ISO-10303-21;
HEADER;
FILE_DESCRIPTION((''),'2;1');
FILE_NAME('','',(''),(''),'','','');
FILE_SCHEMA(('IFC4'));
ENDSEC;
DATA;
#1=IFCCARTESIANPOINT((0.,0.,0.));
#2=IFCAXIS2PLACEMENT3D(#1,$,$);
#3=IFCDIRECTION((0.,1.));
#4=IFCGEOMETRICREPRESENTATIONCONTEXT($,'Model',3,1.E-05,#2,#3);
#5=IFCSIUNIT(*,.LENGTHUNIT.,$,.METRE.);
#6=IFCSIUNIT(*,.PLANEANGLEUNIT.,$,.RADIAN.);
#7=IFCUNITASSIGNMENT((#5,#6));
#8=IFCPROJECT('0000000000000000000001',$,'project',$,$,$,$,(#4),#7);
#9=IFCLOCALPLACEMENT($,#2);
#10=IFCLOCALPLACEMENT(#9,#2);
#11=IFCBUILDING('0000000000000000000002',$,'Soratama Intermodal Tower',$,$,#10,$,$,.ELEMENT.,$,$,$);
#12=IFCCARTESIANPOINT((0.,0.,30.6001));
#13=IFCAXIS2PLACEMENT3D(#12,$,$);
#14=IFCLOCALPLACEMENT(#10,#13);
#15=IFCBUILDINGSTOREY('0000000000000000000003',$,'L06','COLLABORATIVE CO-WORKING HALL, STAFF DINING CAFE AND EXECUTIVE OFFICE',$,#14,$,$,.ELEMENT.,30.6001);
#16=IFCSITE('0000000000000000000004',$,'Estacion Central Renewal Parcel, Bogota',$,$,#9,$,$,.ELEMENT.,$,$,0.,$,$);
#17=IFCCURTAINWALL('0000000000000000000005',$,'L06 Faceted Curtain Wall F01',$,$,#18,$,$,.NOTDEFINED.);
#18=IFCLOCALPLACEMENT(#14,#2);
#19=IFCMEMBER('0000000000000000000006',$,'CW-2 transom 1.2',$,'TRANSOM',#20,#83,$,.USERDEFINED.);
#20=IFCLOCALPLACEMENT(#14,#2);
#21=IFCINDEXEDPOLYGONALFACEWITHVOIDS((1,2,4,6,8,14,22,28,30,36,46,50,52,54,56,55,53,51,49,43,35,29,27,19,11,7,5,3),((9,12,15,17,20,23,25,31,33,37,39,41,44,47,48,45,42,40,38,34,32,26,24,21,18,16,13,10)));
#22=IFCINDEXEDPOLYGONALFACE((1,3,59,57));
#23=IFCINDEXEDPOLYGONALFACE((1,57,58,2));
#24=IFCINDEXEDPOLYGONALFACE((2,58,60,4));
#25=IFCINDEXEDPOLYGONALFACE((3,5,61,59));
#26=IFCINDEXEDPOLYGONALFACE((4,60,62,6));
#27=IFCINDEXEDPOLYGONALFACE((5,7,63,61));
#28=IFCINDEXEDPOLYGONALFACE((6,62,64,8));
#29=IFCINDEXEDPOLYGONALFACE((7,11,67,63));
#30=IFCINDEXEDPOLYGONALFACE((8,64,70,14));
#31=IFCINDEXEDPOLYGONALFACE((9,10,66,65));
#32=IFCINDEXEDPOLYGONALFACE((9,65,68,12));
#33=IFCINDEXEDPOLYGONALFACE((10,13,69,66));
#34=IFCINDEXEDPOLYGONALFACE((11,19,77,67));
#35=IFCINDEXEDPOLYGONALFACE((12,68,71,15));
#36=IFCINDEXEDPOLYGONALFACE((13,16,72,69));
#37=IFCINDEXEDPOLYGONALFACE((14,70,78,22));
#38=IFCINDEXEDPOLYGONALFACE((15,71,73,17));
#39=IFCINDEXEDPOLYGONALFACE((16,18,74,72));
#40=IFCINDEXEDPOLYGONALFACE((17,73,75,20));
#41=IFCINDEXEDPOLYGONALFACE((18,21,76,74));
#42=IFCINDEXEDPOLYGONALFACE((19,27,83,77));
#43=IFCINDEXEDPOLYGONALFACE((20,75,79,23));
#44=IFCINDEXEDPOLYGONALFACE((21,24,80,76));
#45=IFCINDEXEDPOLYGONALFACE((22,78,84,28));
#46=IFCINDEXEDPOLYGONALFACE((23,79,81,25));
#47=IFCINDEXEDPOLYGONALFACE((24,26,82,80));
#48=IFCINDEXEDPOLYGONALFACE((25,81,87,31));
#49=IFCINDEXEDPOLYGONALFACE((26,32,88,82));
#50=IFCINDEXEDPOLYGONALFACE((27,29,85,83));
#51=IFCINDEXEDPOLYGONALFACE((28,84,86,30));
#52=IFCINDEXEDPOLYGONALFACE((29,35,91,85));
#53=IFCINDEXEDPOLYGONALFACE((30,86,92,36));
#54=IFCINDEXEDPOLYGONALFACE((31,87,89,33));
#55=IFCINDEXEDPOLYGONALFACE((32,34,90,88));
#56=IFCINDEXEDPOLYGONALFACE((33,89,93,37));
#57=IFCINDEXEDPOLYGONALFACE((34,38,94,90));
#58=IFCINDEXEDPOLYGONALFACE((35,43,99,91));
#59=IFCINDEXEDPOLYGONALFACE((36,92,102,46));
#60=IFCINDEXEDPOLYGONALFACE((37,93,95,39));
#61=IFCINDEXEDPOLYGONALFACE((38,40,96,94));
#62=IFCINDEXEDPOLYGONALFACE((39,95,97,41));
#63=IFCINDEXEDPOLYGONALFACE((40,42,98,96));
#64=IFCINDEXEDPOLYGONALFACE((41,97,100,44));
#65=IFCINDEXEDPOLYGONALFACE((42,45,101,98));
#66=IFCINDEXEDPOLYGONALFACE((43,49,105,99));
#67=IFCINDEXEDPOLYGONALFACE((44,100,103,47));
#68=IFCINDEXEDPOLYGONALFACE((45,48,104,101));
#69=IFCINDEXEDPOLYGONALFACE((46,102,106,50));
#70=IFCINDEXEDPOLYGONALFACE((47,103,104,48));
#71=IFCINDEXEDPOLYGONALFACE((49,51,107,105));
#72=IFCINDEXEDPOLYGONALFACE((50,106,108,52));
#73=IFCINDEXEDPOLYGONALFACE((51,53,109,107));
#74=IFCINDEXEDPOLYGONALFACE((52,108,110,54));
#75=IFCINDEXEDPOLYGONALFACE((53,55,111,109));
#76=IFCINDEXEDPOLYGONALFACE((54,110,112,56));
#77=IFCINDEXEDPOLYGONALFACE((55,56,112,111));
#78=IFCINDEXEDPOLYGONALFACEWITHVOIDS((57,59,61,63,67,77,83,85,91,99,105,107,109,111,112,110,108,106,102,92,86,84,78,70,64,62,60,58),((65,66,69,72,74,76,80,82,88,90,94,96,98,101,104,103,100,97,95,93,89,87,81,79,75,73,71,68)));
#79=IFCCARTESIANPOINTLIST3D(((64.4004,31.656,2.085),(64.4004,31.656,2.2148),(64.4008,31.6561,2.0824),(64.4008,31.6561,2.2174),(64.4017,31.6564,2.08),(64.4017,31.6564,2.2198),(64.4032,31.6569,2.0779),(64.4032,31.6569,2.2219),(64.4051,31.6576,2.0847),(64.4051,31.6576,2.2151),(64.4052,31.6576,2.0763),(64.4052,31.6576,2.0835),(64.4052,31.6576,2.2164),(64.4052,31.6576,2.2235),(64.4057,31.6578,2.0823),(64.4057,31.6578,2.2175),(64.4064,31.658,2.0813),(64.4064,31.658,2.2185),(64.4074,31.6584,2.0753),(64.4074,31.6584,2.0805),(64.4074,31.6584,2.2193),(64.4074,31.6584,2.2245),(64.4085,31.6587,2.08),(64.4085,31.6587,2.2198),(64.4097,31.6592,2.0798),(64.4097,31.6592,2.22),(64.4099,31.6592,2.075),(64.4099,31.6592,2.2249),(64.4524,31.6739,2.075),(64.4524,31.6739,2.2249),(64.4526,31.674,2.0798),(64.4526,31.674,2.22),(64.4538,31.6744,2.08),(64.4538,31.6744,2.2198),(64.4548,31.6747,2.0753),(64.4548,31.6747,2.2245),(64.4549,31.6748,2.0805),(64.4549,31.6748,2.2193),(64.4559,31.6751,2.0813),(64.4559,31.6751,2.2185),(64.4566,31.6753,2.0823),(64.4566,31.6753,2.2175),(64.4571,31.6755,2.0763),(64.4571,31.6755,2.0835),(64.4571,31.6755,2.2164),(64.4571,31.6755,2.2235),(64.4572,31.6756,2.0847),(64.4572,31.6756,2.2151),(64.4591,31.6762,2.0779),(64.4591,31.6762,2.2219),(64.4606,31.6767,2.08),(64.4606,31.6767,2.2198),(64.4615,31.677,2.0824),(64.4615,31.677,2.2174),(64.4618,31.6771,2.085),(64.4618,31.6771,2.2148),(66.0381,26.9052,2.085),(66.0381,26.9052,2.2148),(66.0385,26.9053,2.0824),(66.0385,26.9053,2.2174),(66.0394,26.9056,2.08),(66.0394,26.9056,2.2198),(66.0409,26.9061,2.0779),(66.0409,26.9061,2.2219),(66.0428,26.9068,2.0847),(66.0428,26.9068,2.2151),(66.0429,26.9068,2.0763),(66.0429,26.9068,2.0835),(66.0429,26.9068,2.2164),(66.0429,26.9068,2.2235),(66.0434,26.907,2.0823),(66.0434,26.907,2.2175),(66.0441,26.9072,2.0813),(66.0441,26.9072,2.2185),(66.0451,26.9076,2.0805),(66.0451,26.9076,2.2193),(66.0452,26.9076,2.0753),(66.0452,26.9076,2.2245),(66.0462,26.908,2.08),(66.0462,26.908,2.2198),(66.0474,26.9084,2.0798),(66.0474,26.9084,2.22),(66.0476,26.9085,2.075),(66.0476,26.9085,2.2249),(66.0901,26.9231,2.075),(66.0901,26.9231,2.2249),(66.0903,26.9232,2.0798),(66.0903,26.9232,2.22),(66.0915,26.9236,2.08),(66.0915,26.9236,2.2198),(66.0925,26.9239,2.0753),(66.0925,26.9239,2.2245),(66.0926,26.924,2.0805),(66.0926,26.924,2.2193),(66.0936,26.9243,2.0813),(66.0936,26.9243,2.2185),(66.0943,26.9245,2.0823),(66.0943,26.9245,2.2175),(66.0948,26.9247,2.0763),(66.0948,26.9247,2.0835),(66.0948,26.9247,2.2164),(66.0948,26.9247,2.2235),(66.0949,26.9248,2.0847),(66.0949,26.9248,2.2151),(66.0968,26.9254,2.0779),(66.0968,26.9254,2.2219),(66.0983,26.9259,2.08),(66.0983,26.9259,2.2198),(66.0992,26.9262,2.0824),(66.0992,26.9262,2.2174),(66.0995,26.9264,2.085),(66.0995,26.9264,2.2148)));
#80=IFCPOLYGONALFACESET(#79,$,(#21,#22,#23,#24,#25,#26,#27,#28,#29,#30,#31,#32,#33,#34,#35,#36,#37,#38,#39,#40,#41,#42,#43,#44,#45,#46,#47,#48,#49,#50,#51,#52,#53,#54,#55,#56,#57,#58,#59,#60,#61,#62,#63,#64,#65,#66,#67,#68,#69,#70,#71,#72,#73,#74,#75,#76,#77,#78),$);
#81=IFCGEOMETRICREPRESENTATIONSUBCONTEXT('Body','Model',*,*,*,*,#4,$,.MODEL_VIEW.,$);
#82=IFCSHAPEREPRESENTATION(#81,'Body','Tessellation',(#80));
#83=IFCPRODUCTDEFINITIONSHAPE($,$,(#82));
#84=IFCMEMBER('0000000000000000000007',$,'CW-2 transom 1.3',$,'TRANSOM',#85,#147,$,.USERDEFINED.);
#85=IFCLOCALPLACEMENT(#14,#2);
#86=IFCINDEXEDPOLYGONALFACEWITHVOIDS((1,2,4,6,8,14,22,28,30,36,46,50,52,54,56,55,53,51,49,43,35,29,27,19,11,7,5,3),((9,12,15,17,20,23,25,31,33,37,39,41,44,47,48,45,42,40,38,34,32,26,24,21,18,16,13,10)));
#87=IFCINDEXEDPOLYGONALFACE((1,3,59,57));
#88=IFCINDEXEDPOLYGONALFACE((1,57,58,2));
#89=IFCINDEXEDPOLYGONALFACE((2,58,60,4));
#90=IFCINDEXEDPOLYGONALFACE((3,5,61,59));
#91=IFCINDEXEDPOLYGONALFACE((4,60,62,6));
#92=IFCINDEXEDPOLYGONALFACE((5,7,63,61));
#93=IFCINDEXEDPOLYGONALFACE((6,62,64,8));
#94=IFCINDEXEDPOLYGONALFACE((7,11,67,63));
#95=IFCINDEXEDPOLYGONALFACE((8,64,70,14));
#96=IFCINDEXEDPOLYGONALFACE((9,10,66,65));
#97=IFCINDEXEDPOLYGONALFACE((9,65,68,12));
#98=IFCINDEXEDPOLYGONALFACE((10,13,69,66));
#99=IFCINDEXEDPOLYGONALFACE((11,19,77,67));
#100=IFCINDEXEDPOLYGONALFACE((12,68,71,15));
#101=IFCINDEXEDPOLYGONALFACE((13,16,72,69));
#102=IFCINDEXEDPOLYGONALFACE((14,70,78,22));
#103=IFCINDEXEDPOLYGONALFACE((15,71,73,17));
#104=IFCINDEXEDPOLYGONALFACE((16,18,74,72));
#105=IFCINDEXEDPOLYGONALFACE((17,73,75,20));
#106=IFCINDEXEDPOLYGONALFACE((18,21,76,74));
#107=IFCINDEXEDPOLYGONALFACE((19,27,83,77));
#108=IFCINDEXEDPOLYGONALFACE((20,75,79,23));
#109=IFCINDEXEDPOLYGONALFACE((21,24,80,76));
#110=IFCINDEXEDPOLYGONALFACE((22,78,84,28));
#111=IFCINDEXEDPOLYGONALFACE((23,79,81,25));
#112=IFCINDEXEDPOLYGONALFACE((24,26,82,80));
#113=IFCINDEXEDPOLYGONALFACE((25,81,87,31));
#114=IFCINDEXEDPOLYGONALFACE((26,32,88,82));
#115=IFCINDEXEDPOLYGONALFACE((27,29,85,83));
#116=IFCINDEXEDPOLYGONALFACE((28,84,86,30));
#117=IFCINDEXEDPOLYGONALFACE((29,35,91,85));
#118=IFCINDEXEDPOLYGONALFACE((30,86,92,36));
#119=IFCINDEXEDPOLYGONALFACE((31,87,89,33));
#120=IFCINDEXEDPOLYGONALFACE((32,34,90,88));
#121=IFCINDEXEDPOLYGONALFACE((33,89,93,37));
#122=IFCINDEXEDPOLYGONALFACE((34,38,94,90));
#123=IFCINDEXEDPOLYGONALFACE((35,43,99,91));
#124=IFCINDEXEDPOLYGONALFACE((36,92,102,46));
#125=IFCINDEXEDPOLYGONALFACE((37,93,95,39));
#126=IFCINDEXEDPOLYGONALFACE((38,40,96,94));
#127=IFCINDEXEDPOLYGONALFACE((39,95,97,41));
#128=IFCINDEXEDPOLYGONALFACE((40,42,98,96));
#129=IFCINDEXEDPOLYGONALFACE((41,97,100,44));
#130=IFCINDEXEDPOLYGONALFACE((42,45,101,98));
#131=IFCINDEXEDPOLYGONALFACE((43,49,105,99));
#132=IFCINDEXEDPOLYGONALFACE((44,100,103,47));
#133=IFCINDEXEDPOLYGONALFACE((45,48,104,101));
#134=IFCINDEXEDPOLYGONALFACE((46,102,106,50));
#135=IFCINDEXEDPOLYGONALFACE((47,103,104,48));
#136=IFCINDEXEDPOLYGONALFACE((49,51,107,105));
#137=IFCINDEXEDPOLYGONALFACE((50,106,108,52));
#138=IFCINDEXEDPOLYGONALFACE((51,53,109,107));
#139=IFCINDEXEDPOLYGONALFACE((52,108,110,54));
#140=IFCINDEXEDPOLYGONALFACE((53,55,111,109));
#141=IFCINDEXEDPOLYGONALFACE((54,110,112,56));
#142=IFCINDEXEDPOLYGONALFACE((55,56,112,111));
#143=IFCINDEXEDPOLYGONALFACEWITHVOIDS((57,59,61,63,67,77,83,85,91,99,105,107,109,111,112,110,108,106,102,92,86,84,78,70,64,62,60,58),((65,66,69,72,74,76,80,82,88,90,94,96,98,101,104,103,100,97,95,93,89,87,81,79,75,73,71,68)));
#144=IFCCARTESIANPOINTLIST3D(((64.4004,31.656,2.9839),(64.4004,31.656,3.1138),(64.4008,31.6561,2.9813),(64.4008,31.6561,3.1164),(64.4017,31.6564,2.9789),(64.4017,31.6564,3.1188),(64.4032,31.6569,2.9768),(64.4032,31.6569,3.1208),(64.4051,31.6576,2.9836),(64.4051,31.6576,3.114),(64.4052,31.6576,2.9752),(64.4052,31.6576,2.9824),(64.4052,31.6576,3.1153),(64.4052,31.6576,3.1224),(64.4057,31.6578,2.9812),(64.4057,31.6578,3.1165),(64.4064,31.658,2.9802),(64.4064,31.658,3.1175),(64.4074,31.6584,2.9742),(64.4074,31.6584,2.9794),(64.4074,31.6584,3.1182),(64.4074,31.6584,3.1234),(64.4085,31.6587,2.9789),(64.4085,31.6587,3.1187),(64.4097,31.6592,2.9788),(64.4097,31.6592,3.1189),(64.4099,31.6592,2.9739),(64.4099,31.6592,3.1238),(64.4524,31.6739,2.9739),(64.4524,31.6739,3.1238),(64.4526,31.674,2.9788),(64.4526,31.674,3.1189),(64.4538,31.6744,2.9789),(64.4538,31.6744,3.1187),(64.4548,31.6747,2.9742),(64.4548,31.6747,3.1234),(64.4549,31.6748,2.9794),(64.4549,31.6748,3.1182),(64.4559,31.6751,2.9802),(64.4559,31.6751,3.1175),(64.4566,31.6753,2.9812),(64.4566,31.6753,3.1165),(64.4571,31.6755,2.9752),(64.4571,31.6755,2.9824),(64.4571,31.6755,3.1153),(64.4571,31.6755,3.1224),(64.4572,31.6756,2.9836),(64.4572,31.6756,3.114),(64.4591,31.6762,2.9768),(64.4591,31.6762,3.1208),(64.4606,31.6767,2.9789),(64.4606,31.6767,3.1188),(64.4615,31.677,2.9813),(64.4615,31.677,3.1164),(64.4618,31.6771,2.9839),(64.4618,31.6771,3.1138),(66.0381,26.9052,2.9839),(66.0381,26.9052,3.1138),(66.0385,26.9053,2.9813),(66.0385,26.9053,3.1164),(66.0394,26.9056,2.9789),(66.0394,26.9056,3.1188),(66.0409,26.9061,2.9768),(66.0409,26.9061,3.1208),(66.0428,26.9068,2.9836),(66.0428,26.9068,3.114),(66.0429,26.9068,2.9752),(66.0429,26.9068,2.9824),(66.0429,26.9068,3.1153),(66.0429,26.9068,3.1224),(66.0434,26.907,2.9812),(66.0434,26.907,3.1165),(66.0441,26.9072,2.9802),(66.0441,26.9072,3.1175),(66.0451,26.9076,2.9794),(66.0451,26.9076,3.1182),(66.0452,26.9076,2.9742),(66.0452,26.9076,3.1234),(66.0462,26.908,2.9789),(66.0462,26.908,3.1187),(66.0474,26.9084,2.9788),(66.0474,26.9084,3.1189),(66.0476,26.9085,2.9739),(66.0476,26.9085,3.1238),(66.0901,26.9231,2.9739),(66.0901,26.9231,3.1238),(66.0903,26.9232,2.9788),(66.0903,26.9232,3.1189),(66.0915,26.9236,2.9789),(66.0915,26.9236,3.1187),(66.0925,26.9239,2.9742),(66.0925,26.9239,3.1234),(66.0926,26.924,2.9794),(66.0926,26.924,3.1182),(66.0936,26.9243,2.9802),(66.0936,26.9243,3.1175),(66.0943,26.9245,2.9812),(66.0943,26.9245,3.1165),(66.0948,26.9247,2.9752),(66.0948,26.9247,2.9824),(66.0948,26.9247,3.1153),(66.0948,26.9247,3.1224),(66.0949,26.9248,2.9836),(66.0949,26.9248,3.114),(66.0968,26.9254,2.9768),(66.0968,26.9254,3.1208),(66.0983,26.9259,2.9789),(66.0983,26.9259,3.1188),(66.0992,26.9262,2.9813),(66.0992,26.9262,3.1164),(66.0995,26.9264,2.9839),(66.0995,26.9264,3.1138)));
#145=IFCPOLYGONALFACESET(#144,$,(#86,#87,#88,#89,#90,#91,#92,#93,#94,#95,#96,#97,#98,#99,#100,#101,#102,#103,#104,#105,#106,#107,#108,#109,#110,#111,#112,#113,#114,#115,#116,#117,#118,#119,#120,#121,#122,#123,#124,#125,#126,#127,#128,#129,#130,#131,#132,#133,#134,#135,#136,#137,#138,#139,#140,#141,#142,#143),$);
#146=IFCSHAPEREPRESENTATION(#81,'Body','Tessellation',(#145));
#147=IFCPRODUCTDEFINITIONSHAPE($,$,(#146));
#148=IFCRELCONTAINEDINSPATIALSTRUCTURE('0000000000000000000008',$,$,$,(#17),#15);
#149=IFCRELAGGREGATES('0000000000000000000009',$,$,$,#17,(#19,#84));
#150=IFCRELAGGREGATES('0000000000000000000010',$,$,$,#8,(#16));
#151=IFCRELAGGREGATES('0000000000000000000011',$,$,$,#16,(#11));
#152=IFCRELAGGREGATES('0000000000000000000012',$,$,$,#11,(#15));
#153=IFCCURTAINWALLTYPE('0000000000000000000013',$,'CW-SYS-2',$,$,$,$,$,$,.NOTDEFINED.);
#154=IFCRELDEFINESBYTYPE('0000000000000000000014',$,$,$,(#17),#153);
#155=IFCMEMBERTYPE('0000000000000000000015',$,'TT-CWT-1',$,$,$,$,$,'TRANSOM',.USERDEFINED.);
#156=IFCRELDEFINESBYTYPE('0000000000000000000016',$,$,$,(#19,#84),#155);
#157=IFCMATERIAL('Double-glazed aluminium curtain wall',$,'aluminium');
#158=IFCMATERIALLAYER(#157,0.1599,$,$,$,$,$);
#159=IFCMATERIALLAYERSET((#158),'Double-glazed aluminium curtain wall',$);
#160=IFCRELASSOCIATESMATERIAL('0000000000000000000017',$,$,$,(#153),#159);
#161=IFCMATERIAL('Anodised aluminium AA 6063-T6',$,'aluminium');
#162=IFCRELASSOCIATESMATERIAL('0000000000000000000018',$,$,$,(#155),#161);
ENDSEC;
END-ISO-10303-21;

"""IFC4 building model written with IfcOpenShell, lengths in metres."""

from ifc_helpers import new_model, si_unit, direction, frame, origin, origin_2d, place, context, subcontext, project, spatial, hollow_rectangle, extrude, material, layer, layer_set, material_profile, profile_set, type_object, element, aggregate, save


model = new_model("IFC4")

# Units and contexts
model_context = context("Model", 3, precision=1e-05, world=origin(), true_north=direction((0.0, 1.0)))
body_context = subcontext(model_context, "Body", "Model", "MODEL_VIEW")
ifc_project = project(units=[si_unit("LENGTHUNIT", "METRE"), si_unit("PLANEANGLEUNIT", "RADIAN")], contexts=[model_context])

# Site, building, storey
site_placement = place(None, origin())
site = spatial("IfcSite", under=ifc_project, at=site_placement, Name="Estacion Central Renewal Parcel, Bogota", CompositionType="ELEMENT", RefElevation=0.0)
building_placement = place(site_placement, origin())
building = spatial("IfcBuilding", under=site, at=building_placement, Name="Soratama Intermodal Tower", CompositionType="ELEMENT")
storey_placement = place(building_placement, frame((0.0, 0.0, 30.6001)))
storey = spatial("IfcBuildingStorey", under=building, at=storey_placement, Name="L06", Description="COLLABORATIVE CO-WORKING HALL, STAFF DINING CAFE AND EXECUTIVE OFFICE", CompositionType="ELEMENT", Elevation=30.6001)

# Curtain wall, members
ifc_material_1 = material(Name="Double-glazed aluminium curtain wall", Category="aluminium")
ifc_layer_1 = layer(ifc_material_1, 0.1599)
ifc_layer_set_1 = layer_set([ifc_layer_1], Name="Double-glazed aluminium curtain wall")
curtain_wall_type = type_object("IfcCurtainWallType", Name="CW-SYS-2", PredefinedType="NOTDEFINED", material=ifc_layer_set_1)
curtain_wall_placement = place(storey_placement, origin())
curtain_wall = element("IfcCurtainWall", 1, at=curtain_wall_placement, inside=storey, type_object=curtain_wall_type, Name="L06 Faceted Curtain Wall F01", PredefinedType="NOTDEFINED")
ifc_material_2 = material(Name="Anodised aluminium AA 6063-T6", Category="aluminium")
ifc_material_profile_1 = material_profile(ifc_material_2, hollow_rectangle(XDim=0.0649, YDim=0.1499, WallThickness=0.0049, InnerFilletRadius=0.0049, OuterFilletRadius=0.01, at=origin_2d()), Name="CWT150X65X5")
ifc_profile_set_1 = profile_set([ifc_material_profile_1], Name="Anodised aluminium AA 6063-T6")
member_type_1 = type_object("IfcMemberType", Name="TT-CWT-1", ElementType="TRANSOM", PredefinedType="USERDEFINED", material=ifc_profile_set_1)
member_1_placement = place(storey_placement, frame((66.0688, 26.9158, 2.1499), z_axis=(-0.325904, 0.945403, 0.0), x_axis=(-0.945403, -0.325904, 0.0)))
member_1 = element("IfcMember", 2, at=member_1_placement, type_object=member_type_1, Name="CW-2 transom 1.2", ObjectType="TRANSOM", PredefinedType="USERDEFINED", context=body_context, shape_type="SweptSolid", body=[
    extrude(hollow_rectangle(XDim=0.0649, YDim=0.1499, WallThickness=0.0049, InnerFilletRadius=0.0049, OuterFilletRadius=0.01, at=origin_2d()), origin(), (0.0, 0.0, 1.0), 5.0251),
])
member_2_placement = place(storey_placement, frame((66.0688, 26.9158, 3.0488), z_axis=(-0.325904, 0.945403, 0.0), x_axis=(-0.945403, -0.325904, 0.0)))
member_2 = element("IfcMember", 3, at=member_2_placement, type_object=member_type_1, Name="CW-2 transom 1.3", ObjectType="TRANSOM", PredefinedType="USERDEFINED", context=body_context, shape_type="SweptSolid", body=[
    extrude(hollow_rectangle(XDim=0.0649, YDim=0.1499, WallThickness=0.0049, InnerFilletRadius=0.0049, OuterFilletRadius=0.01, at=origin_2d()), origin(), (0.0, 0.0, 1.0), 5.0251),
])
aggregate(curtain_wall, [member_1, member_2])

save(model, "model.ifc")
